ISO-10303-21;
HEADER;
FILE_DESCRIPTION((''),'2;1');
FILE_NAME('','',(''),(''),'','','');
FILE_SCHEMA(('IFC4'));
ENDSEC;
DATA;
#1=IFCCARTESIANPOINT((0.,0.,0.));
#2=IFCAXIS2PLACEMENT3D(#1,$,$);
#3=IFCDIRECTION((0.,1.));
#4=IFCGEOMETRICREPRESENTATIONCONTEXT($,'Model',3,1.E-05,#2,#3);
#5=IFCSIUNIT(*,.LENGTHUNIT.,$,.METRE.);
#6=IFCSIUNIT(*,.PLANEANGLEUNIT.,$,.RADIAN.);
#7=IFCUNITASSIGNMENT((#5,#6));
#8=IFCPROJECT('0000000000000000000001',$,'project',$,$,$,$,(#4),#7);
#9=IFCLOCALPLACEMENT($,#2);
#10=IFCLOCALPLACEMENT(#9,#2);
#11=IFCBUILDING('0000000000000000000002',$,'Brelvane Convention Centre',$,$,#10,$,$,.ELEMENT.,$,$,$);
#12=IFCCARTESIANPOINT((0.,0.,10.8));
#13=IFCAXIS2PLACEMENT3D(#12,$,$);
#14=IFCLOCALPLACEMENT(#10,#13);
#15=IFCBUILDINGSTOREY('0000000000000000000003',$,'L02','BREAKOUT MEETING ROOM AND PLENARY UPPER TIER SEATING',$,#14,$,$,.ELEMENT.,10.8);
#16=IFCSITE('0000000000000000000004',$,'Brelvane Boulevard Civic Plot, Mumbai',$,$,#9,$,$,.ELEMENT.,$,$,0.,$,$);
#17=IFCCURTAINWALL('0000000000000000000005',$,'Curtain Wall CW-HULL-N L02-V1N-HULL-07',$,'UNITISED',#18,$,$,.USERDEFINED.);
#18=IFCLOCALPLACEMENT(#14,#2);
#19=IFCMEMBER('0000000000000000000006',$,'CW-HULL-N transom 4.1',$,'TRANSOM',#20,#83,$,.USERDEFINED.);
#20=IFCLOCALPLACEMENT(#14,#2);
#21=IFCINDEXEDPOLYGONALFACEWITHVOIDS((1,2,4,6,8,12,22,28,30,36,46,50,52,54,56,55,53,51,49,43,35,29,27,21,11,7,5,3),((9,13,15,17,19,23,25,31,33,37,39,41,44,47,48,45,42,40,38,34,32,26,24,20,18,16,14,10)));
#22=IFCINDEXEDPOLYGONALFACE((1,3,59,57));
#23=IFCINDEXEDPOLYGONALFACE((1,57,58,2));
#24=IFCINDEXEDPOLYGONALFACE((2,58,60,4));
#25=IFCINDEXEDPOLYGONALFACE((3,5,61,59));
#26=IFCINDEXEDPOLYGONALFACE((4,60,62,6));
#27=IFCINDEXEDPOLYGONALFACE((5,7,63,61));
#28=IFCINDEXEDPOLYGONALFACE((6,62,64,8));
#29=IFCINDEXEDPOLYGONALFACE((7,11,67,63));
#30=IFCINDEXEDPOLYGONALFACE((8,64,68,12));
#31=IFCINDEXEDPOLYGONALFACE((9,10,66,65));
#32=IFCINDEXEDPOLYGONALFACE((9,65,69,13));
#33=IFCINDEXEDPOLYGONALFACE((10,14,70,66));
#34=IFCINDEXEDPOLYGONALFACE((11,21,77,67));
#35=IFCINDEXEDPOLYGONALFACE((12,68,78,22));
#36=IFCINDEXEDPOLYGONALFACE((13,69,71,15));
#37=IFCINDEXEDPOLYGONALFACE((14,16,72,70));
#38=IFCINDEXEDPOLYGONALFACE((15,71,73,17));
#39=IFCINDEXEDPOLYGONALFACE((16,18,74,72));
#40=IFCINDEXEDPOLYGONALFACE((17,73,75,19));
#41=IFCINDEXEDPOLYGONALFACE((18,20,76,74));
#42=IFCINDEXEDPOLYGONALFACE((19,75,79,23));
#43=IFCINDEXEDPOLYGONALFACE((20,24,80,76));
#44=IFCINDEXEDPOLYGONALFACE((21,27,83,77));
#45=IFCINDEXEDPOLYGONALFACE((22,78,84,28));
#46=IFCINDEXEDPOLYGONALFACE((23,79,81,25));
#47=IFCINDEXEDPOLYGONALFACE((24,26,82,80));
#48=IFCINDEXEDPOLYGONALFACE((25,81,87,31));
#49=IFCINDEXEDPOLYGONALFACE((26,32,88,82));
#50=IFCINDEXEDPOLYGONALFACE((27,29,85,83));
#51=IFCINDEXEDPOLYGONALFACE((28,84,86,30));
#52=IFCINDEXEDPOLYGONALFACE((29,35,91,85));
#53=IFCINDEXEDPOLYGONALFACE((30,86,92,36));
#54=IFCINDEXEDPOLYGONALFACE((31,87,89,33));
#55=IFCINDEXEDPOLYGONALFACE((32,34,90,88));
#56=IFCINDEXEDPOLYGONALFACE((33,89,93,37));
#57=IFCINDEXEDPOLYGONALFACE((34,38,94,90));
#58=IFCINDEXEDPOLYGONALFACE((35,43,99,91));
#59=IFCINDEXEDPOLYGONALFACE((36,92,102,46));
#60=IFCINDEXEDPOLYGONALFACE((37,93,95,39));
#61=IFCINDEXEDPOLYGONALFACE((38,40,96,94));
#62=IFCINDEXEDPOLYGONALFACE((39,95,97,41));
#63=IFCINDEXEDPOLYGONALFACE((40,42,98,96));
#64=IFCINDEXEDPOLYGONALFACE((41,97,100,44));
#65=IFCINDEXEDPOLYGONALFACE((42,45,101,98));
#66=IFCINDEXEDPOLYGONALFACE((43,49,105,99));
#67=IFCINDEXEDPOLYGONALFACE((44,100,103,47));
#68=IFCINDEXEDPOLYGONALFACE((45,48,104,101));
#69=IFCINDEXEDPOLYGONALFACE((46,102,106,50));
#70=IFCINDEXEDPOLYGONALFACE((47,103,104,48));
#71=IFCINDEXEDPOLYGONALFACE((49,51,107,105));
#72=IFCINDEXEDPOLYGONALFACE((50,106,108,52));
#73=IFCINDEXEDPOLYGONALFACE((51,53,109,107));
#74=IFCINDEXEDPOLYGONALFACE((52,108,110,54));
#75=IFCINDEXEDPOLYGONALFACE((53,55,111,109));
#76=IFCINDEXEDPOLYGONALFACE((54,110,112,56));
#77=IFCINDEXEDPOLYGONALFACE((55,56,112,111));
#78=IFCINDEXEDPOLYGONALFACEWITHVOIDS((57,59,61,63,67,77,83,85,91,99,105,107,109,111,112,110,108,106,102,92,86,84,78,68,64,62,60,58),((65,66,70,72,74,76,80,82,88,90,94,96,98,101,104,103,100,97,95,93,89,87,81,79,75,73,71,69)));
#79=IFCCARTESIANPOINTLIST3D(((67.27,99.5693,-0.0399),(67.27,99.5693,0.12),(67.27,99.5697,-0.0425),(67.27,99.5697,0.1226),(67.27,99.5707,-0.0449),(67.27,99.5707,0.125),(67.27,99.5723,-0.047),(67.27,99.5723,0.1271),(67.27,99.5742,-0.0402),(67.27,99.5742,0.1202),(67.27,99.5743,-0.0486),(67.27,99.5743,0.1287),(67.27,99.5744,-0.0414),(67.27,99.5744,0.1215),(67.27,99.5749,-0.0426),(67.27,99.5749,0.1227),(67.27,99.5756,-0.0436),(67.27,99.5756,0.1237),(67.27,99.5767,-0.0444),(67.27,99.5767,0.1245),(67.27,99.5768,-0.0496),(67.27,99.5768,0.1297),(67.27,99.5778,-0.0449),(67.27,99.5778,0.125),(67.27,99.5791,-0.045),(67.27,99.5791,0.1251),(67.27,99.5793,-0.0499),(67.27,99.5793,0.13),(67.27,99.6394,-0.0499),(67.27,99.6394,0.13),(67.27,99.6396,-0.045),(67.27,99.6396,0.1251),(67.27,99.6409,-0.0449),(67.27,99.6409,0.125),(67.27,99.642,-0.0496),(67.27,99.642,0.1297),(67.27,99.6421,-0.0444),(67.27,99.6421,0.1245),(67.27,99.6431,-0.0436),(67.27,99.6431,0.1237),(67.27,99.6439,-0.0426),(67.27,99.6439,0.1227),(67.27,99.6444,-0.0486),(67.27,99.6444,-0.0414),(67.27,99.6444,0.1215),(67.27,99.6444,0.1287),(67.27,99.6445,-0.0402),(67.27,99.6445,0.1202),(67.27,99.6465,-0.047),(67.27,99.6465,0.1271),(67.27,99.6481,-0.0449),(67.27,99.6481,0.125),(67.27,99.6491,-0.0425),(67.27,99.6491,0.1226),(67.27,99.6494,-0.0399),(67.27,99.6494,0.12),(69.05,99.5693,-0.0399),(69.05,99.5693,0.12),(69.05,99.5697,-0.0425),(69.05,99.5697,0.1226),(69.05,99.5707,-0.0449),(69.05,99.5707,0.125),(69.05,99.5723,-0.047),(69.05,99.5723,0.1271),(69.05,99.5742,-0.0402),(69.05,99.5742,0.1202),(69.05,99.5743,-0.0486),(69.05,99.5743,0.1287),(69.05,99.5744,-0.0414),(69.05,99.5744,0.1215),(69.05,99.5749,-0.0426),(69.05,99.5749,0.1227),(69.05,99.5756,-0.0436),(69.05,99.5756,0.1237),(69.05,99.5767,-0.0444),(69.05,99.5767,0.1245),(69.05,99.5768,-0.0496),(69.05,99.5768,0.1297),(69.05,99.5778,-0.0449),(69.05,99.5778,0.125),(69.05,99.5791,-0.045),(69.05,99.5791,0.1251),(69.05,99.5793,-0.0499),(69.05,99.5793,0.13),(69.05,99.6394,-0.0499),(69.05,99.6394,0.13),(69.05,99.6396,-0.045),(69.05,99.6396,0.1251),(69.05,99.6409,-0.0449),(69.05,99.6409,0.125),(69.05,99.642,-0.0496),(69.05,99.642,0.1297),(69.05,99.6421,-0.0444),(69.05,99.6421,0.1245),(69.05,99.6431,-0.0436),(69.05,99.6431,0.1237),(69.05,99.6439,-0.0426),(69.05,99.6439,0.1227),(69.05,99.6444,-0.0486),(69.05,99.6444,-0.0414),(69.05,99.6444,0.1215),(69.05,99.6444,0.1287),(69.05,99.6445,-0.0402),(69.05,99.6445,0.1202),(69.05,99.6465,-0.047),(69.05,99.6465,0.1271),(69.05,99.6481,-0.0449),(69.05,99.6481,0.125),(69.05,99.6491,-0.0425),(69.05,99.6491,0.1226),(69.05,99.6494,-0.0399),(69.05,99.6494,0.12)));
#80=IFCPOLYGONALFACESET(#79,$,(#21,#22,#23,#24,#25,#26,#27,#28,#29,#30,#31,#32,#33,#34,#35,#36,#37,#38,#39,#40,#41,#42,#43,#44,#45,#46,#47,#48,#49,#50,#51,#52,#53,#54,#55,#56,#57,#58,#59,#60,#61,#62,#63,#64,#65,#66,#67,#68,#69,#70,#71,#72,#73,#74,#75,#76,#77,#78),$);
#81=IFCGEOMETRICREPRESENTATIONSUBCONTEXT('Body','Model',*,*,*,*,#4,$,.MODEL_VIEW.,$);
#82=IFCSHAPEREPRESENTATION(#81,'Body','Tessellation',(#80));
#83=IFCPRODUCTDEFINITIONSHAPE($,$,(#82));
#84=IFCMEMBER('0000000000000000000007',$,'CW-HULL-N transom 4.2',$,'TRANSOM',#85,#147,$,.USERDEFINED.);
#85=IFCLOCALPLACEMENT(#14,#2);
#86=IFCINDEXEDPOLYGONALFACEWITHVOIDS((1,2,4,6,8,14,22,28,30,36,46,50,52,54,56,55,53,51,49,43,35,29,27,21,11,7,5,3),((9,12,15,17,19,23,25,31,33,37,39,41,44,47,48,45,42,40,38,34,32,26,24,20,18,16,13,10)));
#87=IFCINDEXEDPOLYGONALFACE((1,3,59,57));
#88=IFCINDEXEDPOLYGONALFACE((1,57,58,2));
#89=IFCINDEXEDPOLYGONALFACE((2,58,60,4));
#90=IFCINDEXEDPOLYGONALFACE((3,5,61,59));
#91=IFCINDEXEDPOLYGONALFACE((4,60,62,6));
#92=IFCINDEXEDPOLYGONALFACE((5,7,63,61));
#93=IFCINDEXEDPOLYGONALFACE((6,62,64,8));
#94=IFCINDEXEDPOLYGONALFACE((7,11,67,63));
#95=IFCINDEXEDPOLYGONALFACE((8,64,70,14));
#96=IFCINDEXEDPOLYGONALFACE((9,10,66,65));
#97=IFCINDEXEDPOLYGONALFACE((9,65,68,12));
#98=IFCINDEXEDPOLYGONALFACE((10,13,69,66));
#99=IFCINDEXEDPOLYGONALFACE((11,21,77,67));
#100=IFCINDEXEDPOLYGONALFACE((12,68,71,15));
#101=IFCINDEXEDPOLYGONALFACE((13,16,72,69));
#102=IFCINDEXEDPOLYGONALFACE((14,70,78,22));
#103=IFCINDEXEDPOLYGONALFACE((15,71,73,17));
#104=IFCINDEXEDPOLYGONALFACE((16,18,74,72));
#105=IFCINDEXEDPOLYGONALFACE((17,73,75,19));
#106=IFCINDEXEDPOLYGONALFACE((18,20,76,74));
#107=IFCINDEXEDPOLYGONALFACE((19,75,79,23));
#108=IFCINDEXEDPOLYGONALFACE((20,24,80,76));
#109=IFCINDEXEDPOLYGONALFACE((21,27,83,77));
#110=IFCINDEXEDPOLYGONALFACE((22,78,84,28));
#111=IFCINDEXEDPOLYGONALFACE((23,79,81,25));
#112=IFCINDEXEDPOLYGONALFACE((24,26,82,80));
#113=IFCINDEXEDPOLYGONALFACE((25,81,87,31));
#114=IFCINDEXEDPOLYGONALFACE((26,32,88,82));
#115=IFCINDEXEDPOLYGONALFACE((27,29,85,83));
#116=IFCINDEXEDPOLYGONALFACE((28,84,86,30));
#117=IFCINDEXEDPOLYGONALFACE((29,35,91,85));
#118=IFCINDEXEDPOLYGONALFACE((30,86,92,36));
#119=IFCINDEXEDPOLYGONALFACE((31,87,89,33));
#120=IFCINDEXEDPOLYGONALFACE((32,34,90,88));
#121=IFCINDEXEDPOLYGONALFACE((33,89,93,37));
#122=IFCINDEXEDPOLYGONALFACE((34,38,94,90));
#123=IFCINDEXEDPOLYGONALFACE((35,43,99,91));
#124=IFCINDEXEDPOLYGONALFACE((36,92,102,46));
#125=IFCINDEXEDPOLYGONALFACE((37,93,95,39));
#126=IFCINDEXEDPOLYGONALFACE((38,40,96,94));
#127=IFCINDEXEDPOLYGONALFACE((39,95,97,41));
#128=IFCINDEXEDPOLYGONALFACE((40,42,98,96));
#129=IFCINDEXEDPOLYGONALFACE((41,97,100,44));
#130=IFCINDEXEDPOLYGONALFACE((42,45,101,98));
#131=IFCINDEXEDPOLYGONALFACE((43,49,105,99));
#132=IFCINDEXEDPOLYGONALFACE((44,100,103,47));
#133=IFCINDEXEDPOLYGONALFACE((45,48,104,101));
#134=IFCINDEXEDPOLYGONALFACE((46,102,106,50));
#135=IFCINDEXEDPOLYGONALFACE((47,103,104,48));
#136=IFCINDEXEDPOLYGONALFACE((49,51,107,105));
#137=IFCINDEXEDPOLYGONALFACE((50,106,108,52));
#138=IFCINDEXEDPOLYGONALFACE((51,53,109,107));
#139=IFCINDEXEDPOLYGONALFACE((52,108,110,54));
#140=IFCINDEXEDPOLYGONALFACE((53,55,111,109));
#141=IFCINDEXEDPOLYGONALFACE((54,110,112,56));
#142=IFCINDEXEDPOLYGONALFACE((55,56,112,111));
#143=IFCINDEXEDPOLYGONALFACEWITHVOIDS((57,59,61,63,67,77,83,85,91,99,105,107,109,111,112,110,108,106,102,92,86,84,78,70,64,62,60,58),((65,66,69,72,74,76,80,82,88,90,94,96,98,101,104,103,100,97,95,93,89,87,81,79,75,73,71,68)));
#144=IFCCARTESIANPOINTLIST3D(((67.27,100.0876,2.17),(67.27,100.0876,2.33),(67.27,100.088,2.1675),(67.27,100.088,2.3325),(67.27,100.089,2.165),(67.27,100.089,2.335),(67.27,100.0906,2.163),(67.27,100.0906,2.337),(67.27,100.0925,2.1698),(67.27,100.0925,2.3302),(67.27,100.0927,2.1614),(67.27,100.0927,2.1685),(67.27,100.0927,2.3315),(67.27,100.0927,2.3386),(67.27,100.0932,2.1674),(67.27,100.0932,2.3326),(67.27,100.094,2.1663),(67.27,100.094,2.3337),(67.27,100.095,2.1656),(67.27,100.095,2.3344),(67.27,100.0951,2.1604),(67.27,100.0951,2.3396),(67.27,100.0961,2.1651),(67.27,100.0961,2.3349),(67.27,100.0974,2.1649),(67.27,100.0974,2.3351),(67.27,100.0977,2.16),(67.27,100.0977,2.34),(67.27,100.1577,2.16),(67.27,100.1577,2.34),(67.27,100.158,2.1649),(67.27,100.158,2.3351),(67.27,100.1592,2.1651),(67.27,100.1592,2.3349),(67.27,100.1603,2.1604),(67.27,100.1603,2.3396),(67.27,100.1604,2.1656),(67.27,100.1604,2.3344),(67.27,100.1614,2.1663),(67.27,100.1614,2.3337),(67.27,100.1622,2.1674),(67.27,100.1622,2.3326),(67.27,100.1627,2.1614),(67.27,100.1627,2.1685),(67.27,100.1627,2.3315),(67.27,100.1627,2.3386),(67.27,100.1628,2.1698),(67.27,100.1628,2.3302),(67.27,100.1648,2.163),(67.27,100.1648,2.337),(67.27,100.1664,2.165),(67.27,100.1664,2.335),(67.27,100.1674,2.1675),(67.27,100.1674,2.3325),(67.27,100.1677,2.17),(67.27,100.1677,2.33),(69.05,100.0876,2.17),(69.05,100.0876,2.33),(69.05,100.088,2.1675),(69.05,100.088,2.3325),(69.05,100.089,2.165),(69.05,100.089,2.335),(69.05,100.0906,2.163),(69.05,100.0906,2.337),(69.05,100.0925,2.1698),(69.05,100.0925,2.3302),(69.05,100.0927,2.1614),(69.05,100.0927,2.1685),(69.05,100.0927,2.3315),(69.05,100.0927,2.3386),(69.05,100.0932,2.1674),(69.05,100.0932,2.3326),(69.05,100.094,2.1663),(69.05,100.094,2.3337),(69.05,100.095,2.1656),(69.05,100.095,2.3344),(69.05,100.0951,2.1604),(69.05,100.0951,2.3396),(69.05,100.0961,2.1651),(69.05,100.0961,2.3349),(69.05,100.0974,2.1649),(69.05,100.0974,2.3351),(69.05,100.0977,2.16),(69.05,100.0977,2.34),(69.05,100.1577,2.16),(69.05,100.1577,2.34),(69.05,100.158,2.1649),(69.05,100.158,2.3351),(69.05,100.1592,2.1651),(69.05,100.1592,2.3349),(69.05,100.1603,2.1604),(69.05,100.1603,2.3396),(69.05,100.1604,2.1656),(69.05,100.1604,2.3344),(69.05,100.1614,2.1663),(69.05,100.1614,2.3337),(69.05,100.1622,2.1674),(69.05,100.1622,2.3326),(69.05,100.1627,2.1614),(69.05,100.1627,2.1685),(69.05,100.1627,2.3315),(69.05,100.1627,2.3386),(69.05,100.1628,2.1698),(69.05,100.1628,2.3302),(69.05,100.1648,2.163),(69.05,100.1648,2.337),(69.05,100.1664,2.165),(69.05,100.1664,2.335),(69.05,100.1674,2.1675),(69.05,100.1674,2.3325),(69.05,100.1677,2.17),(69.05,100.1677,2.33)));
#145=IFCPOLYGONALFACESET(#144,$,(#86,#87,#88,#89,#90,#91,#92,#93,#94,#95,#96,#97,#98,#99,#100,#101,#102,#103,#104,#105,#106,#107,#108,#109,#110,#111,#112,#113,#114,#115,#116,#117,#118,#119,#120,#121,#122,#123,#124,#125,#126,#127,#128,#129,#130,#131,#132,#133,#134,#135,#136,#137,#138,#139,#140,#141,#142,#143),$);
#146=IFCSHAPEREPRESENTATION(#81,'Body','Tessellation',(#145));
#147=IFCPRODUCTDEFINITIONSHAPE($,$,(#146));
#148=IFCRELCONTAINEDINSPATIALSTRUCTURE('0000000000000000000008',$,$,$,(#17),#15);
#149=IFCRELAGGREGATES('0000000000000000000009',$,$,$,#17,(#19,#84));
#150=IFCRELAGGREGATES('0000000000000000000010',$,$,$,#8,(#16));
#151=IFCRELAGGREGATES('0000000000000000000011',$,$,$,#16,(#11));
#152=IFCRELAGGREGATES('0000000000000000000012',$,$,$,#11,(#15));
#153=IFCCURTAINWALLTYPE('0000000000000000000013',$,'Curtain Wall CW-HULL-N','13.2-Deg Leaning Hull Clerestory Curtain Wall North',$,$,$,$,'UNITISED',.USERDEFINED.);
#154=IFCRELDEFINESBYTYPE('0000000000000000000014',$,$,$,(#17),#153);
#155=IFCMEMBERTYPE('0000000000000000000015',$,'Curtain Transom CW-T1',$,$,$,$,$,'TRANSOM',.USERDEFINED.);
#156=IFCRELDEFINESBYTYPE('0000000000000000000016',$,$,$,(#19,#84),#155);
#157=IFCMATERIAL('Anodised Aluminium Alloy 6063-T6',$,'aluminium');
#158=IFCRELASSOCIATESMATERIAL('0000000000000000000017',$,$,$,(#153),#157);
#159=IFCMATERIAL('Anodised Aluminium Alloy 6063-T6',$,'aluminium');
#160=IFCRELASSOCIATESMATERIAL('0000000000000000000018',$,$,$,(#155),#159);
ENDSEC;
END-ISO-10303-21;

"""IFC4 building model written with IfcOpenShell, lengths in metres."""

from ifc_helpers import new_model, si_unit, direction, frame, origin, origin_2d, place, context, subcontext, project, spatial, hollow_rectangle, extrude, material, material_profile, profile_set, type_object, element, aggregate, save


model = new_model("IFC4")

# Units and contexts
model_context = context("Model", 3, precision=1e-05, world=origin(), true_north=direction((0.0, 1.0)))
body_context = subcontext(model_context, "Body", "Model", "MODEL_VIEW")
ifc_project = project(units=[si_unit("LENGTHUNIT", "METRE"), si_unit("PLANEANGLEUNIT", "RADIAN")], contexts=[model_context])

# Site, building, storey
site_placement = place(None, origin())
site = spatial("IfcSite", under=ifc_project, at=site_placement, Name="Brelvane Boulevard Civic Plot, Mumbai", CompositionType="ELEMENT", RefElevation=0.0)
building_placement = place(site_placement, origin())
building = spatial("IfcBuilding", under=site, at=building_placement, Name="Brelvane Convention Centre", CompositionType="ELEMENT")
storey_placement = place(building_placement, frame((0.0, 0.0, 10.8)))
storey = spatial("IfcBuildingStorey", under=building, at=storey_placement, Name="L02", Description="BREAKOUT MEETING ROOM AND PLENARY UPPER TIER SEATING", CompositionType="ELEMENT", Elevation=10.8)

# Curtain wall, members
ifc_material_1 = material(Name="Anodised Aluminium Alloy 6063-T6", Category="aluminium")
curtain_wall_type_1 = type_object("IfcCurtainWallType", Name="Curtain Wall CW-HULL-N", Description="13.2-Deg Leaning Hull Clerestory Curtain Wall North", ElementType="UNITISED", PredefinedType="USERDEFINED", material=ifc_material_1)
curtain_wall_1_placement = place(storey_placement, origin())
curtain_wall_1 = element("IfcCurtainWall", 1, at=curtain_wall_1_placement, inside=storey, type_object=curtain_wall_type_1, Name="Curtain Wall CW-HULL-N L02-V1N-HULL-07", ObjectType="UNITISED", PredefinedType="USERDEFINED")
ifc_material_2 = material(Name="Anodised Aluminium Alloy 6063-T6", Category="aluminium")
ifc_material_profile_1 = material_profile(ifc_material_2, hollow_rectangle(XDim=0.0801, YDim=0.1799, WallThickness=0.0049, InnerFilletRadius=0.0049, OuterFilletRadius=0.01, at=origin_2d()), Name="ALU-T 180x80x5.0")
ifc_profile_set_1 = profile_set([ifc_material_profile_1], Name="Anodised Aluminium Alloy 6063-T6")
member_type_1 = type_object("IfcMemberType", Name="Curtain Transom CW-T1", ElementType="TRANSOM", PredefinedType="USERDEFINED", material=ifc_profile_set_1)
member_1_placement = place(storey_placement, frame((67.27, 99.6094, 0.04), z_axis=(1.0, 0.0, 0.0), x_axis=(0.0, 1.0, 0.0)))
member_1 = element("IfcMember", 2, at=member_1_placement, type_object=member_type_1, Name="CW-HULL-N transom 4.1", ObjectType="TRANSOM", PredefinedType="USERDEFINED", context=body_context, shape_type="SweptSolid", body=[
    extrude(hollow_rectangle(XDim=0.0801, YDim=0.1799, WallThickness=0.0049, InnerFilletRadius=0.0049, OuterFilletRadius=0.01, at=origin_2d()), origin(), (0.0, 0.0, 1.0), 1.78),
])
member_2_placement = place(storey_placement, frame((67.27, 100.1277, 2.25), z_axis=(1.0, 0.0, 0.0), x_axis=(0.0, 1.0, 0.0)))
member_2 = element("IfcMember", 3, at=member_2_placement, type_object=member_type_1, Name="CW-HULL-N transom 4.2", ObjectType="TRANSOM", PredefinedType="USERDEFINED", context=body_context, shape_type="SweptSolid", body=[
    extrude(hollow_rectangle(XDim=0.0801, YDim=0.1799, WallThickness=0.0049, InnerFilletRadius=0.0049, OuterFilletRadius=0.01, at=origin_2d()), origin(), (0.0, 0.0, 1.0), 1.78),
])

aggregate(curtain_wall_1, [member_1, member_2])

save(model, "model.ifc")
